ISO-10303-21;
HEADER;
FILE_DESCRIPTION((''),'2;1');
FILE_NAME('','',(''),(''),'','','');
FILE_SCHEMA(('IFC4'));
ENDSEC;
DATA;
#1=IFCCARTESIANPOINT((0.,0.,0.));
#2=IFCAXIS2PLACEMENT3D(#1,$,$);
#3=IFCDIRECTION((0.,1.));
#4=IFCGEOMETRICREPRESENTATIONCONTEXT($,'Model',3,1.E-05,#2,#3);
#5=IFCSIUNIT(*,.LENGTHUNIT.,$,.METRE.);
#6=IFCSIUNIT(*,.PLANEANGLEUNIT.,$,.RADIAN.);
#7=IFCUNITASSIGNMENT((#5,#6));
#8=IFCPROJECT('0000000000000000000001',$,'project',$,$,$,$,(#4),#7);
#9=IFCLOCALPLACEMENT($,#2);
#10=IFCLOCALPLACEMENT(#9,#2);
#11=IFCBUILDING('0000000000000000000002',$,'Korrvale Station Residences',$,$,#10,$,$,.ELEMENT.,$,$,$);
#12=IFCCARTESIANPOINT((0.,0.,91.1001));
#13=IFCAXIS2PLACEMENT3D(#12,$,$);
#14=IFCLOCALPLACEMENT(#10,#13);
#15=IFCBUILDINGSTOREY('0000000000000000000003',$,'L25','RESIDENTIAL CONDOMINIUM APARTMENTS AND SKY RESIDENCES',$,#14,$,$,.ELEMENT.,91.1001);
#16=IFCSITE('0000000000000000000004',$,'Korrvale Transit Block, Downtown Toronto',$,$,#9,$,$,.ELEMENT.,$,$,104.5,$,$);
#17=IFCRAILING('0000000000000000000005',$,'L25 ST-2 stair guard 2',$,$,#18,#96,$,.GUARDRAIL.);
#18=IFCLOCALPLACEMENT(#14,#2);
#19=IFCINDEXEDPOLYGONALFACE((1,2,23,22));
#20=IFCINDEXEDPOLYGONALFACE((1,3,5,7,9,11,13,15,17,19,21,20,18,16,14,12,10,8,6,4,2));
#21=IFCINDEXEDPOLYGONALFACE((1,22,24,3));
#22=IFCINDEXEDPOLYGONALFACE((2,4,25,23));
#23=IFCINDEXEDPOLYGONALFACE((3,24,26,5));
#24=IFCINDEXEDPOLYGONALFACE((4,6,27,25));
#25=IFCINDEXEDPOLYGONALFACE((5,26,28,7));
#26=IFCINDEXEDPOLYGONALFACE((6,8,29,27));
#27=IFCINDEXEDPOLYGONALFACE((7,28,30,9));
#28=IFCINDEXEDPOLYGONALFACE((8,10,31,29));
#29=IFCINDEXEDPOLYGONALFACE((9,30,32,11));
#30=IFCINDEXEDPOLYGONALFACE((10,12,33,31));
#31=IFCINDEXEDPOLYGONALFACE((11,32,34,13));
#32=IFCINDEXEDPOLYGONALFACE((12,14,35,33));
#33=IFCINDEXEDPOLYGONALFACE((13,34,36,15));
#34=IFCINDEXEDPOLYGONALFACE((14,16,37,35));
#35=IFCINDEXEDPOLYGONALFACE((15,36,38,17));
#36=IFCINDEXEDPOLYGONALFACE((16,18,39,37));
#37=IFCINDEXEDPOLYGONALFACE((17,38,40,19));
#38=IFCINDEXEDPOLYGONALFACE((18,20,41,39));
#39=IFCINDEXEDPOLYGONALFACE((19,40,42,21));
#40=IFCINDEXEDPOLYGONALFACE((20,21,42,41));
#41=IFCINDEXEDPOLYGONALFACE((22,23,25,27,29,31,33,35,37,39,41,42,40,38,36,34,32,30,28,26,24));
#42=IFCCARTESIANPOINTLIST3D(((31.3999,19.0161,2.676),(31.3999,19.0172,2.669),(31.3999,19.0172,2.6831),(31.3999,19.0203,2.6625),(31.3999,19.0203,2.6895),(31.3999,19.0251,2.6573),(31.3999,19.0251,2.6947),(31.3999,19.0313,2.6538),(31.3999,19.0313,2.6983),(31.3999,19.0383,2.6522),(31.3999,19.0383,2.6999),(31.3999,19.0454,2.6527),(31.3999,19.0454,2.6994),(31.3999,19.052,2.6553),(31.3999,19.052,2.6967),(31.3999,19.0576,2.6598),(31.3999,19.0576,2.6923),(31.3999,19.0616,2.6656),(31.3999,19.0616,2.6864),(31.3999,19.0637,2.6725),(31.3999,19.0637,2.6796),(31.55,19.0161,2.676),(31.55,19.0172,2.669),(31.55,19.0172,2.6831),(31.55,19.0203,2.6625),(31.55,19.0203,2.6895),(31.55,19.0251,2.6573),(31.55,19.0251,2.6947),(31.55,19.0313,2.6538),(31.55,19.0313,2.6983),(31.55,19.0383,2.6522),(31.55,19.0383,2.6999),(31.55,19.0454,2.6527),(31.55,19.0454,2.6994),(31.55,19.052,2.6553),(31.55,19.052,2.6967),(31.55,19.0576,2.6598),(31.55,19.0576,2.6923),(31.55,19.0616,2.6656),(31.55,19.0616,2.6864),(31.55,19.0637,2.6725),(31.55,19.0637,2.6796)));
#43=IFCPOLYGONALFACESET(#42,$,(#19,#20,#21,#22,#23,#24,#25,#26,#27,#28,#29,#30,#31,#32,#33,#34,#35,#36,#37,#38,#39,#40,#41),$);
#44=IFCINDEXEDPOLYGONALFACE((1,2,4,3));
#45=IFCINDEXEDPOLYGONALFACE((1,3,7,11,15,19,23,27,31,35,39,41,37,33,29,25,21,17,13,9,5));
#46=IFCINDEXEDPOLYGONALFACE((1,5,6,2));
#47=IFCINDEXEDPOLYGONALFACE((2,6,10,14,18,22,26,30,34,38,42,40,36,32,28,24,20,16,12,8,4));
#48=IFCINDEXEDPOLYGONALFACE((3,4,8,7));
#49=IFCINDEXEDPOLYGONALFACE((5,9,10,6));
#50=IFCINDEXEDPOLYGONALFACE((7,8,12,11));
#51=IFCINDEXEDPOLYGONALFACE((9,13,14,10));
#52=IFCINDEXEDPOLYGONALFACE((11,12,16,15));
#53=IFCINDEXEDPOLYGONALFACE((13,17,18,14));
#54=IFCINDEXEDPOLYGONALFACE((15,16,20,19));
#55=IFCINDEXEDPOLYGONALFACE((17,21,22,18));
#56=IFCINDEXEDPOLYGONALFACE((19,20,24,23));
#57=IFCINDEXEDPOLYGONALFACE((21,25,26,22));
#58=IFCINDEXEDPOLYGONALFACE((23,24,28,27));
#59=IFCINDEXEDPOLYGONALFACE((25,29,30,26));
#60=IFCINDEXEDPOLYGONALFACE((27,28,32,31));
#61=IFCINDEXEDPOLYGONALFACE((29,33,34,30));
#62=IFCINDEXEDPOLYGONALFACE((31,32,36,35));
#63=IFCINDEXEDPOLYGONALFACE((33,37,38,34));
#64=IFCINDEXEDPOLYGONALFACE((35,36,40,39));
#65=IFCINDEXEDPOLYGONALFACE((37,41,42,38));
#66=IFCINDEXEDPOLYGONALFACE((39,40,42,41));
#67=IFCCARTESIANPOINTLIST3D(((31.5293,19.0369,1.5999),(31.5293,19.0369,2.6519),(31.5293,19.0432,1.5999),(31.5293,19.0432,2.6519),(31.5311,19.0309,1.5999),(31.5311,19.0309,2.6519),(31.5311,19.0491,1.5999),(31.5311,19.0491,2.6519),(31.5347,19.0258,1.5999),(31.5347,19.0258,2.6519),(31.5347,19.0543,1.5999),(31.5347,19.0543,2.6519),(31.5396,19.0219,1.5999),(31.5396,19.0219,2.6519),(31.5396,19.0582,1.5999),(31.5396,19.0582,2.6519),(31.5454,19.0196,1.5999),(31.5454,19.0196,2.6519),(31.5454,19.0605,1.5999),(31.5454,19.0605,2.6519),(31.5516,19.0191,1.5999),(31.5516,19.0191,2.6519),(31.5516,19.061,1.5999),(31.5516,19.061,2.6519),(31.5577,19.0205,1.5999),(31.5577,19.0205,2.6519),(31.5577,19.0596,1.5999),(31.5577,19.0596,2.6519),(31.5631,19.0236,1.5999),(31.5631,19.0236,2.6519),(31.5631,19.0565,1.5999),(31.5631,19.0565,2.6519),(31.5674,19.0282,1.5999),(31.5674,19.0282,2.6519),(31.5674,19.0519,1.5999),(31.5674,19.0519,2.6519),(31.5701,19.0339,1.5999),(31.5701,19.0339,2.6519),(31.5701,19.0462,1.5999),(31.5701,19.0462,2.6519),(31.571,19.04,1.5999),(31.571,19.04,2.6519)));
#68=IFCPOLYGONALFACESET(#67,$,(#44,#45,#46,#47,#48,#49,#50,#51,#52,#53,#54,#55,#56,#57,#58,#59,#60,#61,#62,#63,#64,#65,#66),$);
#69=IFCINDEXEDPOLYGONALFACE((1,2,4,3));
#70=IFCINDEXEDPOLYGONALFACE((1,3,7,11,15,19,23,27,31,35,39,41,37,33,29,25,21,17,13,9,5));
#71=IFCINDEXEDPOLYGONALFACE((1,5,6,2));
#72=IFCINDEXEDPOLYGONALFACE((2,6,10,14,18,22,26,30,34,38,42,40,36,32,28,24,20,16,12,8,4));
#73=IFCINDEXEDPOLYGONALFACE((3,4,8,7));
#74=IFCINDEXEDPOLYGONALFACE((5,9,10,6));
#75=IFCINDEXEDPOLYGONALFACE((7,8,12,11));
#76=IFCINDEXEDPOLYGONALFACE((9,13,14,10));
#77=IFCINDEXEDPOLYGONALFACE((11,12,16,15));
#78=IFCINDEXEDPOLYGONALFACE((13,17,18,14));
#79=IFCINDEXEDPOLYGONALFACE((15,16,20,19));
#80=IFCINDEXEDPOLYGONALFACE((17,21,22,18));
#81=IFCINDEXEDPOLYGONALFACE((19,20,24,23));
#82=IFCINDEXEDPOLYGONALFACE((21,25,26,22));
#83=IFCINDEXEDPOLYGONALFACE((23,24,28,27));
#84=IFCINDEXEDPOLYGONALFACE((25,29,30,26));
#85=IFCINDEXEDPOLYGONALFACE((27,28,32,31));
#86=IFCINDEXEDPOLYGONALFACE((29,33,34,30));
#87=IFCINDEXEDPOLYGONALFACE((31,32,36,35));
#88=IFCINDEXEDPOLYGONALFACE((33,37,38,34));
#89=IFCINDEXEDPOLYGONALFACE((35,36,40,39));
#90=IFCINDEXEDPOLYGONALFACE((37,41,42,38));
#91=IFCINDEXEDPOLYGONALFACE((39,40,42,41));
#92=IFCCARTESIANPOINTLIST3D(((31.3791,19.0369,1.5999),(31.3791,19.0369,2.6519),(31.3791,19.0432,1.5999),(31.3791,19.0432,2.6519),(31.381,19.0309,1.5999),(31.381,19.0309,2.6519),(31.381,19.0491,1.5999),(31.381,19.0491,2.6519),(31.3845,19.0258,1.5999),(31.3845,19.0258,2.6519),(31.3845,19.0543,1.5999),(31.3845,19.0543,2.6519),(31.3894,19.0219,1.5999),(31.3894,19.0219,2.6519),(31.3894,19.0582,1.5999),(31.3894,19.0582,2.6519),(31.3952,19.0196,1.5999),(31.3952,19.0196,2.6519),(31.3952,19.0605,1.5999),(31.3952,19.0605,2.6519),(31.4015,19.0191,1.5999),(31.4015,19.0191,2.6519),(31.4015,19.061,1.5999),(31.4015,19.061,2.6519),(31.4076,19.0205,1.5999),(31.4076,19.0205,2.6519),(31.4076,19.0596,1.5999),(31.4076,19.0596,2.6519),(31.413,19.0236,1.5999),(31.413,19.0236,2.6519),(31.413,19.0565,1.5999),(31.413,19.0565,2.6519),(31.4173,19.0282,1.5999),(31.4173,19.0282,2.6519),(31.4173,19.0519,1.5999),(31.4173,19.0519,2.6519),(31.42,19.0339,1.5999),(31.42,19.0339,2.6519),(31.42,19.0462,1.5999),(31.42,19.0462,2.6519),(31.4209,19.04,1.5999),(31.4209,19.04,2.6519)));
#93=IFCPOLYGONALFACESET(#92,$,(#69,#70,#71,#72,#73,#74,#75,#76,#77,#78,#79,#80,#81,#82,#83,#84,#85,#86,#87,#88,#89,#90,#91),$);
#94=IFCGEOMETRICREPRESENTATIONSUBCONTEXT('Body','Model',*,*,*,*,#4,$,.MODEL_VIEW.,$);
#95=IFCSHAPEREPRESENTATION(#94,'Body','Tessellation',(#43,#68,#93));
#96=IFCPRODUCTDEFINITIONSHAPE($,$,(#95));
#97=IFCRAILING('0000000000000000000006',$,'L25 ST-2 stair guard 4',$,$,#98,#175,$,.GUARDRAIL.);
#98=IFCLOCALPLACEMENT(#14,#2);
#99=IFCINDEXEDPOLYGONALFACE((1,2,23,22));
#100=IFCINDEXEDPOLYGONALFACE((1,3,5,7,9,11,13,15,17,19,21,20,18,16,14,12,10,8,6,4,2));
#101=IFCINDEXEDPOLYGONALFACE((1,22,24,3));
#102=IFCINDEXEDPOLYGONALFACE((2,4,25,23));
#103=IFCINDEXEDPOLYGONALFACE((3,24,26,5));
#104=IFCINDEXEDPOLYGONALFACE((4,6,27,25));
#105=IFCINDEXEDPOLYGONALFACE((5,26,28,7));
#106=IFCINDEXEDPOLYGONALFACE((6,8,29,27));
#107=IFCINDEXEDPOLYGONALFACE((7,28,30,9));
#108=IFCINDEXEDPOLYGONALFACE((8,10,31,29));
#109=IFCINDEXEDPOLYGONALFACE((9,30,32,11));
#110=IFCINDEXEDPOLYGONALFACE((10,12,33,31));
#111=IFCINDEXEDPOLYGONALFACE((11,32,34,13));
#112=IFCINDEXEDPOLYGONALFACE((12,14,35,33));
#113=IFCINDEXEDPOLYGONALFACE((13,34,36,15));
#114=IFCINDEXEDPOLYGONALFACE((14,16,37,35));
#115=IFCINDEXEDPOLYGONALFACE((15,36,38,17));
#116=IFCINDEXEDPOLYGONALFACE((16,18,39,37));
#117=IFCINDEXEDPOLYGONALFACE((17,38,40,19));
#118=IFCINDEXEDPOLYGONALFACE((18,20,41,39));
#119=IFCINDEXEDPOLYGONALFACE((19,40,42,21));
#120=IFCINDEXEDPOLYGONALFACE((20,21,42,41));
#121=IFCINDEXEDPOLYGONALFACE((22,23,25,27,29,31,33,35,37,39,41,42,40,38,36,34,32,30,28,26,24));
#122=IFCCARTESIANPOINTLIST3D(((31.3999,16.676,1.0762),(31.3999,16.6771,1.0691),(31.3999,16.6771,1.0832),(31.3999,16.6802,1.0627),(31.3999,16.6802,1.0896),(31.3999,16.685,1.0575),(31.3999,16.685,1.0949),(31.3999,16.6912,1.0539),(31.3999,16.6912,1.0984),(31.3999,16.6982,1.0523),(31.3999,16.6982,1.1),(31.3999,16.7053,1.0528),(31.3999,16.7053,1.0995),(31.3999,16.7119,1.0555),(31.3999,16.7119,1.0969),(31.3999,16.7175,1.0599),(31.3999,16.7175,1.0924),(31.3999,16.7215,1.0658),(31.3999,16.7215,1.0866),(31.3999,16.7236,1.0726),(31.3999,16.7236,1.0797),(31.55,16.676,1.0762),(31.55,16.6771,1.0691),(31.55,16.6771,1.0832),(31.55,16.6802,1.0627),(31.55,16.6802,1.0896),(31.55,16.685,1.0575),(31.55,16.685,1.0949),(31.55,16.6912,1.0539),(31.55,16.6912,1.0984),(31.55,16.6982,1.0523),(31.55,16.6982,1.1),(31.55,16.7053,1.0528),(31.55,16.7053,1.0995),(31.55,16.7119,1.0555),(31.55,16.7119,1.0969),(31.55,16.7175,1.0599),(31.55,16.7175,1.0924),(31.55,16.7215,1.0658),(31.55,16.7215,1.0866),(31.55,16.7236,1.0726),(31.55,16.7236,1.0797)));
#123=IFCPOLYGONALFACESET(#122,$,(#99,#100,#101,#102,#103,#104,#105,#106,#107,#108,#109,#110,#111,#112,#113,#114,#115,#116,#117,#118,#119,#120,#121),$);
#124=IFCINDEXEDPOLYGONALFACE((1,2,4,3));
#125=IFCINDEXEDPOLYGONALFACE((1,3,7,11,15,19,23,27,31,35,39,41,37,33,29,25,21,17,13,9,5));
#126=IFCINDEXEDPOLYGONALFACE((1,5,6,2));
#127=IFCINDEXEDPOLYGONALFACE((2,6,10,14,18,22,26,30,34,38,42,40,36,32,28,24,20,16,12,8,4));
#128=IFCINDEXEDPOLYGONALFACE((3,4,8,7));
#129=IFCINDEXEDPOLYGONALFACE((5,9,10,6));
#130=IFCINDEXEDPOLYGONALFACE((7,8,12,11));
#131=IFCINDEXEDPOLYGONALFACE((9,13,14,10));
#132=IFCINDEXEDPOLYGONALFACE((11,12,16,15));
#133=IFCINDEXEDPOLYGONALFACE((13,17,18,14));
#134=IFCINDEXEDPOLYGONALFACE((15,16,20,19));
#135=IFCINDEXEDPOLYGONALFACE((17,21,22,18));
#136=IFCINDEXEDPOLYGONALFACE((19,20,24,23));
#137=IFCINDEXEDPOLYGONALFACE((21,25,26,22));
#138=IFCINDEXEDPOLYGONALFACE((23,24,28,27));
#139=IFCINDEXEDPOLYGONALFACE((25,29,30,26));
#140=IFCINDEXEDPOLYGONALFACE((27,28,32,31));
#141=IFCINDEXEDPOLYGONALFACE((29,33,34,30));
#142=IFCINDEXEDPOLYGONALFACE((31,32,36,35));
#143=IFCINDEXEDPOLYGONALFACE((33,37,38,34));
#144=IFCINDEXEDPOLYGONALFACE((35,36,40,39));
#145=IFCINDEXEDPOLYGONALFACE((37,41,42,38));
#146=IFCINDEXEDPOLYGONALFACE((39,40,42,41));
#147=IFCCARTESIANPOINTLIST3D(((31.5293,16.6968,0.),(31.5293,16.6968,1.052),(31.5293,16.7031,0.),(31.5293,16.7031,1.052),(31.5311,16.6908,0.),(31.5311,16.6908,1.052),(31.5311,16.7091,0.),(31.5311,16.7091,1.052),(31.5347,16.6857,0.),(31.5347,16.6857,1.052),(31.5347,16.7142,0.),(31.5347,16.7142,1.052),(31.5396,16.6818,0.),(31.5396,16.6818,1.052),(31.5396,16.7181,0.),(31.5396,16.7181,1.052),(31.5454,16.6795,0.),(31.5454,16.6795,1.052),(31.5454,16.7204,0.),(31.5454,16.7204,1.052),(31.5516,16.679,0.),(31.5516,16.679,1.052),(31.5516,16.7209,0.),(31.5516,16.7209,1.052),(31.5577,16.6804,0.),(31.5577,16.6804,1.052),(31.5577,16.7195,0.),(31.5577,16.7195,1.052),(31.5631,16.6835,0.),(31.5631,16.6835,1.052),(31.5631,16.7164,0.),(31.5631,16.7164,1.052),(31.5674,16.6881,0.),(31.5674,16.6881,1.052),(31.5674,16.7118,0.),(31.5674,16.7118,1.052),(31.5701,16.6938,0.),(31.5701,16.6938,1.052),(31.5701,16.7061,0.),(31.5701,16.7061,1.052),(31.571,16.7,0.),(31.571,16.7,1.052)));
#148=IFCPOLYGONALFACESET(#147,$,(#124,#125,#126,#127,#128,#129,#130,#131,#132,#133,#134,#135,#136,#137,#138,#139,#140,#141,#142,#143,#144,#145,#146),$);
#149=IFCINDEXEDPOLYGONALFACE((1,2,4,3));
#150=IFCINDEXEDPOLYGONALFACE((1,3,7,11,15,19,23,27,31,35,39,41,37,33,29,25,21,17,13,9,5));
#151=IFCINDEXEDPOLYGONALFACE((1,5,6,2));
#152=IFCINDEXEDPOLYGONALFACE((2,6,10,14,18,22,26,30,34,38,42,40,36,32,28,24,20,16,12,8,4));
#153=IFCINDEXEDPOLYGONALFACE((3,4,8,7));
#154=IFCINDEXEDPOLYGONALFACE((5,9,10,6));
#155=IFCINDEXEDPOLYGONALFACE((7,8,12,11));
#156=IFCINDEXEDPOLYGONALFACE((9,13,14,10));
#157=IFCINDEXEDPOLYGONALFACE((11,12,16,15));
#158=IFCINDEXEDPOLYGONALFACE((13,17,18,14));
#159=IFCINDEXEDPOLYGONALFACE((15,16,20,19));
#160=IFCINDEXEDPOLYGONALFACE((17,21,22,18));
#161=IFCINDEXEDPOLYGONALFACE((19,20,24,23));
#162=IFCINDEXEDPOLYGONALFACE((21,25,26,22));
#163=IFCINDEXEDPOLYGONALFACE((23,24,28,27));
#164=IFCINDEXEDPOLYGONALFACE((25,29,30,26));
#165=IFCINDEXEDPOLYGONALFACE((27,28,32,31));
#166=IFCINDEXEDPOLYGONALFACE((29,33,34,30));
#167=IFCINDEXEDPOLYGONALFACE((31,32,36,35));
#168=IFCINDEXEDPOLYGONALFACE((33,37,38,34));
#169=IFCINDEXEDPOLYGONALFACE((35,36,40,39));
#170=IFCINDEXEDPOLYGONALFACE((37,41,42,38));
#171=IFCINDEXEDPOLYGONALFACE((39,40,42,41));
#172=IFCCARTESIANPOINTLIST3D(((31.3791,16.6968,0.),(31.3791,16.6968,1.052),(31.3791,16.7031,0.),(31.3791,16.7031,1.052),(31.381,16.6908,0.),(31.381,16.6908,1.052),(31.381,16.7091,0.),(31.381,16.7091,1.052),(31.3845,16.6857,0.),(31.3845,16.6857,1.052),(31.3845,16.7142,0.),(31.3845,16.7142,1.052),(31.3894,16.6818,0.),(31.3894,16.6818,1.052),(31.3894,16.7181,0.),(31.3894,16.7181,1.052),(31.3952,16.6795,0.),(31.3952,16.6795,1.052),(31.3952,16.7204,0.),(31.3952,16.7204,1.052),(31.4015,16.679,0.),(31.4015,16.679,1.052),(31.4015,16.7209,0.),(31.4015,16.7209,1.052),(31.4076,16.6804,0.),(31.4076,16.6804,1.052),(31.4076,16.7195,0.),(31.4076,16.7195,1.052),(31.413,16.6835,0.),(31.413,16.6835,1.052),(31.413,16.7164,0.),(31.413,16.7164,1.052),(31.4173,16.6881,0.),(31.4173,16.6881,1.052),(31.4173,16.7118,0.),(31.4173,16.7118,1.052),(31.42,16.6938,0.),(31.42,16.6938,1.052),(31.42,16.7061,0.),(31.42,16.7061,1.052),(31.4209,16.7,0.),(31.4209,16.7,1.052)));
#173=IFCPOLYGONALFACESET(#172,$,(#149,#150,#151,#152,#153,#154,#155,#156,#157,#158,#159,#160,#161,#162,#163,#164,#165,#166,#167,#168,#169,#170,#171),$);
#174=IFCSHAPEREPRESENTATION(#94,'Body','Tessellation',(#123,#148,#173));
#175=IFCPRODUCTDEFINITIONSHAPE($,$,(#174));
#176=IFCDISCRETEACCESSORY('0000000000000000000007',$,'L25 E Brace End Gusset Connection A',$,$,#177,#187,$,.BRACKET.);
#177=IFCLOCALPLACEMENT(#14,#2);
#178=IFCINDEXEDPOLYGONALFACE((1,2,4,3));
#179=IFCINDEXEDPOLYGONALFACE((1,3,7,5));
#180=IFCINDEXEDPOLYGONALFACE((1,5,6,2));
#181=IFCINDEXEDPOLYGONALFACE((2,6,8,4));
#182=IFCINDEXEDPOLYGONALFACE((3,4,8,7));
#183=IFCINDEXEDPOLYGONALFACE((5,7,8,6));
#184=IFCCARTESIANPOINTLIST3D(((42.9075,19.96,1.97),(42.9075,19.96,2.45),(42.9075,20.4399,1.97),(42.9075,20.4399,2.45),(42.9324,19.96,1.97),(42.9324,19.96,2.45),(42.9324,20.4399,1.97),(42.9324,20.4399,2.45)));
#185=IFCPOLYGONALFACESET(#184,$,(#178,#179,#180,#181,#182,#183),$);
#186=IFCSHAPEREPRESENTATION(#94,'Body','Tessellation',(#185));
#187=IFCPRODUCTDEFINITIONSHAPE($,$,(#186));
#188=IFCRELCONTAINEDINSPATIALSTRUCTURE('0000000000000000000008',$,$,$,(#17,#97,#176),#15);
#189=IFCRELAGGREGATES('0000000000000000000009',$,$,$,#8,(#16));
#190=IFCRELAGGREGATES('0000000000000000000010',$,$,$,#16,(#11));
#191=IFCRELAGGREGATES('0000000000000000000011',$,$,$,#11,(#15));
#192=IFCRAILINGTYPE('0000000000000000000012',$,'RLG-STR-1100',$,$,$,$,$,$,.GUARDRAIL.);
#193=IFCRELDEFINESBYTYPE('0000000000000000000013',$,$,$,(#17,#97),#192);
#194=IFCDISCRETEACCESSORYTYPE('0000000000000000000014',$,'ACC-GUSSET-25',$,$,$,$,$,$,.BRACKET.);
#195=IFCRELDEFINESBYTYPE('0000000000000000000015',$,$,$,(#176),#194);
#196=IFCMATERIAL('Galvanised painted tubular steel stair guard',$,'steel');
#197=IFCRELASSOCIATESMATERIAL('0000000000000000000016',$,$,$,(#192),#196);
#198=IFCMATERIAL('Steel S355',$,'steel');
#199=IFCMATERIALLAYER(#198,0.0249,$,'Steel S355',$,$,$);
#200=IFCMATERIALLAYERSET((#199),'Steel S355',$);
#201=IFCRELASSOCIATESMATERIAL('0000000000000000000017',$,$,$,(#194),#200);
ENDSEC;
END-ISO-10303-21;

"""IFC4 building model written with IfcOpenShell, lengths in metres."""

from ifc_helpers import new_model, si_unit, direction, frame, origin, origin_2d, place, context, subcontext, project, spatial, rectangle, circle, extrude, material, layer, layer_set, type_object, element, save


model = new_model("IFC4")

# Units and contexts
model_context = context("Model", 3, precision=1e-05, world=origin(), true_north=direction((0.0, 1.0)))
body_context = subcontext(model_context, "Body", "Model", "MODEL_VIEW")
ifc_project = project(units=[si_unit("LENGTHUNIT", "METRE"), si_unit("PLANEANGLEUNIT", "RADIAN")], contexts=[model_context])

# Site, building, storey
site_placement = place(None, origin())
site = spatial("IfcSite", under=ifc_project, at=site_placement, Name="Korrvale Transit Block, Downtown Toronto", CompositionType="ELEMENT", RefElevation=104.5)
building_placement = place(site_placement, origin())
building = spatial("IfcBuilding", under=site, at=building_placement, Name="Korrvale Station Residences", CompositionType="ELEMENT")
storey_placement = place(building_placement, frame((0.0, 0.0, 91.1001)))
storey = spatial("IfcBuildingStorey", under=building, at=storey_placement, Name="L25", Description="RESIDENTIAL CONDOMINIUM APARTMENTS AND SKY RESIDENCES", CompositionType="ELEMENT", Elevation=91.1001)

# Shared definitions
ifc_material_1 = material(Name="Steel S355", Category="steel")

# Railings
ifc_material_2 = material(Name="Galvanised painted tubular steel stair guard", Category="steel")
railing_type_1 = type_object("IfcRailingType", Name="RLG-STR-1100", PredefinedType="GUARDRAIL", material=ifc_material_2)
for number, where, name in (
    (1, (31.55, 19.04, 1.5999), "L25 ST-2 stair guard 2"),
    (2, (31.55, 16.7, 0.0), "L25 ST-2 stair guard 4"),
):
    element("IfcRailing", number, at=place(storey_placement, frame(where)), inside=storey, type_object=railing_type_1, Name=name, PredefinedType="GUARDRAIL", context=body_context, shape_type="SweptSolid", body=[
        extrude(circle(Radius=0.0239, at=origin_2d()), frame((0.0, 0.0, 1.0762), z_axis=(-1.0, 0.0, 0.0), x_axis=(0.0, -1.0, 0.0)), (0.0, 0.0, 1.0), 0.1501),
        extrude(circle(Radius=0.021, at=origin_2d()), origin(), (0.0, 0.0, 1.0), 1.052),
        extrude(circle(Radius=0.021, at=origin_2d()), frame((-0.1501, 0.0, 0.0)), (0.0, 0.0, 1.0), 1.052),
    ])

# Discrete accessory
ifc_layer_1 = layer(ifc_material_1, 0.0249, Name="Steel S355")
ifc_layer_set_1 = layer_set([ifc_layer_1], Name="Steel S355")
discrete_accessory_type = type_object("IfcDiscreteAccessoryType", Name="ACC-GUSSET-25", PredefinedType="BRACKET", material=ifc_layer_set_1)
discrete_accessory_placement = place(storey_placement, frame((42.9199, 20.2, 1.97), z_axis=(0.0, 0.0, 1.0), x_axis=(0.0, 1.0, 0.0)))
element("IfcDiscreteAccessory", 3, at=discrete_accessory_placement, inside=storey, type_object=discrete_accessory_type, Name="L25 E Brace End Gusset Connection A", PredefinedType="BRACKET", context=body_context, shape_type="SweptSolid", body=[
    extrude(rectangle(XDim=0.48, YDim=0.0249, at=origin_2d()), origin(), (0.0, 0.0, 1.0), 0.48),
])

save(model, "model.ifc")
